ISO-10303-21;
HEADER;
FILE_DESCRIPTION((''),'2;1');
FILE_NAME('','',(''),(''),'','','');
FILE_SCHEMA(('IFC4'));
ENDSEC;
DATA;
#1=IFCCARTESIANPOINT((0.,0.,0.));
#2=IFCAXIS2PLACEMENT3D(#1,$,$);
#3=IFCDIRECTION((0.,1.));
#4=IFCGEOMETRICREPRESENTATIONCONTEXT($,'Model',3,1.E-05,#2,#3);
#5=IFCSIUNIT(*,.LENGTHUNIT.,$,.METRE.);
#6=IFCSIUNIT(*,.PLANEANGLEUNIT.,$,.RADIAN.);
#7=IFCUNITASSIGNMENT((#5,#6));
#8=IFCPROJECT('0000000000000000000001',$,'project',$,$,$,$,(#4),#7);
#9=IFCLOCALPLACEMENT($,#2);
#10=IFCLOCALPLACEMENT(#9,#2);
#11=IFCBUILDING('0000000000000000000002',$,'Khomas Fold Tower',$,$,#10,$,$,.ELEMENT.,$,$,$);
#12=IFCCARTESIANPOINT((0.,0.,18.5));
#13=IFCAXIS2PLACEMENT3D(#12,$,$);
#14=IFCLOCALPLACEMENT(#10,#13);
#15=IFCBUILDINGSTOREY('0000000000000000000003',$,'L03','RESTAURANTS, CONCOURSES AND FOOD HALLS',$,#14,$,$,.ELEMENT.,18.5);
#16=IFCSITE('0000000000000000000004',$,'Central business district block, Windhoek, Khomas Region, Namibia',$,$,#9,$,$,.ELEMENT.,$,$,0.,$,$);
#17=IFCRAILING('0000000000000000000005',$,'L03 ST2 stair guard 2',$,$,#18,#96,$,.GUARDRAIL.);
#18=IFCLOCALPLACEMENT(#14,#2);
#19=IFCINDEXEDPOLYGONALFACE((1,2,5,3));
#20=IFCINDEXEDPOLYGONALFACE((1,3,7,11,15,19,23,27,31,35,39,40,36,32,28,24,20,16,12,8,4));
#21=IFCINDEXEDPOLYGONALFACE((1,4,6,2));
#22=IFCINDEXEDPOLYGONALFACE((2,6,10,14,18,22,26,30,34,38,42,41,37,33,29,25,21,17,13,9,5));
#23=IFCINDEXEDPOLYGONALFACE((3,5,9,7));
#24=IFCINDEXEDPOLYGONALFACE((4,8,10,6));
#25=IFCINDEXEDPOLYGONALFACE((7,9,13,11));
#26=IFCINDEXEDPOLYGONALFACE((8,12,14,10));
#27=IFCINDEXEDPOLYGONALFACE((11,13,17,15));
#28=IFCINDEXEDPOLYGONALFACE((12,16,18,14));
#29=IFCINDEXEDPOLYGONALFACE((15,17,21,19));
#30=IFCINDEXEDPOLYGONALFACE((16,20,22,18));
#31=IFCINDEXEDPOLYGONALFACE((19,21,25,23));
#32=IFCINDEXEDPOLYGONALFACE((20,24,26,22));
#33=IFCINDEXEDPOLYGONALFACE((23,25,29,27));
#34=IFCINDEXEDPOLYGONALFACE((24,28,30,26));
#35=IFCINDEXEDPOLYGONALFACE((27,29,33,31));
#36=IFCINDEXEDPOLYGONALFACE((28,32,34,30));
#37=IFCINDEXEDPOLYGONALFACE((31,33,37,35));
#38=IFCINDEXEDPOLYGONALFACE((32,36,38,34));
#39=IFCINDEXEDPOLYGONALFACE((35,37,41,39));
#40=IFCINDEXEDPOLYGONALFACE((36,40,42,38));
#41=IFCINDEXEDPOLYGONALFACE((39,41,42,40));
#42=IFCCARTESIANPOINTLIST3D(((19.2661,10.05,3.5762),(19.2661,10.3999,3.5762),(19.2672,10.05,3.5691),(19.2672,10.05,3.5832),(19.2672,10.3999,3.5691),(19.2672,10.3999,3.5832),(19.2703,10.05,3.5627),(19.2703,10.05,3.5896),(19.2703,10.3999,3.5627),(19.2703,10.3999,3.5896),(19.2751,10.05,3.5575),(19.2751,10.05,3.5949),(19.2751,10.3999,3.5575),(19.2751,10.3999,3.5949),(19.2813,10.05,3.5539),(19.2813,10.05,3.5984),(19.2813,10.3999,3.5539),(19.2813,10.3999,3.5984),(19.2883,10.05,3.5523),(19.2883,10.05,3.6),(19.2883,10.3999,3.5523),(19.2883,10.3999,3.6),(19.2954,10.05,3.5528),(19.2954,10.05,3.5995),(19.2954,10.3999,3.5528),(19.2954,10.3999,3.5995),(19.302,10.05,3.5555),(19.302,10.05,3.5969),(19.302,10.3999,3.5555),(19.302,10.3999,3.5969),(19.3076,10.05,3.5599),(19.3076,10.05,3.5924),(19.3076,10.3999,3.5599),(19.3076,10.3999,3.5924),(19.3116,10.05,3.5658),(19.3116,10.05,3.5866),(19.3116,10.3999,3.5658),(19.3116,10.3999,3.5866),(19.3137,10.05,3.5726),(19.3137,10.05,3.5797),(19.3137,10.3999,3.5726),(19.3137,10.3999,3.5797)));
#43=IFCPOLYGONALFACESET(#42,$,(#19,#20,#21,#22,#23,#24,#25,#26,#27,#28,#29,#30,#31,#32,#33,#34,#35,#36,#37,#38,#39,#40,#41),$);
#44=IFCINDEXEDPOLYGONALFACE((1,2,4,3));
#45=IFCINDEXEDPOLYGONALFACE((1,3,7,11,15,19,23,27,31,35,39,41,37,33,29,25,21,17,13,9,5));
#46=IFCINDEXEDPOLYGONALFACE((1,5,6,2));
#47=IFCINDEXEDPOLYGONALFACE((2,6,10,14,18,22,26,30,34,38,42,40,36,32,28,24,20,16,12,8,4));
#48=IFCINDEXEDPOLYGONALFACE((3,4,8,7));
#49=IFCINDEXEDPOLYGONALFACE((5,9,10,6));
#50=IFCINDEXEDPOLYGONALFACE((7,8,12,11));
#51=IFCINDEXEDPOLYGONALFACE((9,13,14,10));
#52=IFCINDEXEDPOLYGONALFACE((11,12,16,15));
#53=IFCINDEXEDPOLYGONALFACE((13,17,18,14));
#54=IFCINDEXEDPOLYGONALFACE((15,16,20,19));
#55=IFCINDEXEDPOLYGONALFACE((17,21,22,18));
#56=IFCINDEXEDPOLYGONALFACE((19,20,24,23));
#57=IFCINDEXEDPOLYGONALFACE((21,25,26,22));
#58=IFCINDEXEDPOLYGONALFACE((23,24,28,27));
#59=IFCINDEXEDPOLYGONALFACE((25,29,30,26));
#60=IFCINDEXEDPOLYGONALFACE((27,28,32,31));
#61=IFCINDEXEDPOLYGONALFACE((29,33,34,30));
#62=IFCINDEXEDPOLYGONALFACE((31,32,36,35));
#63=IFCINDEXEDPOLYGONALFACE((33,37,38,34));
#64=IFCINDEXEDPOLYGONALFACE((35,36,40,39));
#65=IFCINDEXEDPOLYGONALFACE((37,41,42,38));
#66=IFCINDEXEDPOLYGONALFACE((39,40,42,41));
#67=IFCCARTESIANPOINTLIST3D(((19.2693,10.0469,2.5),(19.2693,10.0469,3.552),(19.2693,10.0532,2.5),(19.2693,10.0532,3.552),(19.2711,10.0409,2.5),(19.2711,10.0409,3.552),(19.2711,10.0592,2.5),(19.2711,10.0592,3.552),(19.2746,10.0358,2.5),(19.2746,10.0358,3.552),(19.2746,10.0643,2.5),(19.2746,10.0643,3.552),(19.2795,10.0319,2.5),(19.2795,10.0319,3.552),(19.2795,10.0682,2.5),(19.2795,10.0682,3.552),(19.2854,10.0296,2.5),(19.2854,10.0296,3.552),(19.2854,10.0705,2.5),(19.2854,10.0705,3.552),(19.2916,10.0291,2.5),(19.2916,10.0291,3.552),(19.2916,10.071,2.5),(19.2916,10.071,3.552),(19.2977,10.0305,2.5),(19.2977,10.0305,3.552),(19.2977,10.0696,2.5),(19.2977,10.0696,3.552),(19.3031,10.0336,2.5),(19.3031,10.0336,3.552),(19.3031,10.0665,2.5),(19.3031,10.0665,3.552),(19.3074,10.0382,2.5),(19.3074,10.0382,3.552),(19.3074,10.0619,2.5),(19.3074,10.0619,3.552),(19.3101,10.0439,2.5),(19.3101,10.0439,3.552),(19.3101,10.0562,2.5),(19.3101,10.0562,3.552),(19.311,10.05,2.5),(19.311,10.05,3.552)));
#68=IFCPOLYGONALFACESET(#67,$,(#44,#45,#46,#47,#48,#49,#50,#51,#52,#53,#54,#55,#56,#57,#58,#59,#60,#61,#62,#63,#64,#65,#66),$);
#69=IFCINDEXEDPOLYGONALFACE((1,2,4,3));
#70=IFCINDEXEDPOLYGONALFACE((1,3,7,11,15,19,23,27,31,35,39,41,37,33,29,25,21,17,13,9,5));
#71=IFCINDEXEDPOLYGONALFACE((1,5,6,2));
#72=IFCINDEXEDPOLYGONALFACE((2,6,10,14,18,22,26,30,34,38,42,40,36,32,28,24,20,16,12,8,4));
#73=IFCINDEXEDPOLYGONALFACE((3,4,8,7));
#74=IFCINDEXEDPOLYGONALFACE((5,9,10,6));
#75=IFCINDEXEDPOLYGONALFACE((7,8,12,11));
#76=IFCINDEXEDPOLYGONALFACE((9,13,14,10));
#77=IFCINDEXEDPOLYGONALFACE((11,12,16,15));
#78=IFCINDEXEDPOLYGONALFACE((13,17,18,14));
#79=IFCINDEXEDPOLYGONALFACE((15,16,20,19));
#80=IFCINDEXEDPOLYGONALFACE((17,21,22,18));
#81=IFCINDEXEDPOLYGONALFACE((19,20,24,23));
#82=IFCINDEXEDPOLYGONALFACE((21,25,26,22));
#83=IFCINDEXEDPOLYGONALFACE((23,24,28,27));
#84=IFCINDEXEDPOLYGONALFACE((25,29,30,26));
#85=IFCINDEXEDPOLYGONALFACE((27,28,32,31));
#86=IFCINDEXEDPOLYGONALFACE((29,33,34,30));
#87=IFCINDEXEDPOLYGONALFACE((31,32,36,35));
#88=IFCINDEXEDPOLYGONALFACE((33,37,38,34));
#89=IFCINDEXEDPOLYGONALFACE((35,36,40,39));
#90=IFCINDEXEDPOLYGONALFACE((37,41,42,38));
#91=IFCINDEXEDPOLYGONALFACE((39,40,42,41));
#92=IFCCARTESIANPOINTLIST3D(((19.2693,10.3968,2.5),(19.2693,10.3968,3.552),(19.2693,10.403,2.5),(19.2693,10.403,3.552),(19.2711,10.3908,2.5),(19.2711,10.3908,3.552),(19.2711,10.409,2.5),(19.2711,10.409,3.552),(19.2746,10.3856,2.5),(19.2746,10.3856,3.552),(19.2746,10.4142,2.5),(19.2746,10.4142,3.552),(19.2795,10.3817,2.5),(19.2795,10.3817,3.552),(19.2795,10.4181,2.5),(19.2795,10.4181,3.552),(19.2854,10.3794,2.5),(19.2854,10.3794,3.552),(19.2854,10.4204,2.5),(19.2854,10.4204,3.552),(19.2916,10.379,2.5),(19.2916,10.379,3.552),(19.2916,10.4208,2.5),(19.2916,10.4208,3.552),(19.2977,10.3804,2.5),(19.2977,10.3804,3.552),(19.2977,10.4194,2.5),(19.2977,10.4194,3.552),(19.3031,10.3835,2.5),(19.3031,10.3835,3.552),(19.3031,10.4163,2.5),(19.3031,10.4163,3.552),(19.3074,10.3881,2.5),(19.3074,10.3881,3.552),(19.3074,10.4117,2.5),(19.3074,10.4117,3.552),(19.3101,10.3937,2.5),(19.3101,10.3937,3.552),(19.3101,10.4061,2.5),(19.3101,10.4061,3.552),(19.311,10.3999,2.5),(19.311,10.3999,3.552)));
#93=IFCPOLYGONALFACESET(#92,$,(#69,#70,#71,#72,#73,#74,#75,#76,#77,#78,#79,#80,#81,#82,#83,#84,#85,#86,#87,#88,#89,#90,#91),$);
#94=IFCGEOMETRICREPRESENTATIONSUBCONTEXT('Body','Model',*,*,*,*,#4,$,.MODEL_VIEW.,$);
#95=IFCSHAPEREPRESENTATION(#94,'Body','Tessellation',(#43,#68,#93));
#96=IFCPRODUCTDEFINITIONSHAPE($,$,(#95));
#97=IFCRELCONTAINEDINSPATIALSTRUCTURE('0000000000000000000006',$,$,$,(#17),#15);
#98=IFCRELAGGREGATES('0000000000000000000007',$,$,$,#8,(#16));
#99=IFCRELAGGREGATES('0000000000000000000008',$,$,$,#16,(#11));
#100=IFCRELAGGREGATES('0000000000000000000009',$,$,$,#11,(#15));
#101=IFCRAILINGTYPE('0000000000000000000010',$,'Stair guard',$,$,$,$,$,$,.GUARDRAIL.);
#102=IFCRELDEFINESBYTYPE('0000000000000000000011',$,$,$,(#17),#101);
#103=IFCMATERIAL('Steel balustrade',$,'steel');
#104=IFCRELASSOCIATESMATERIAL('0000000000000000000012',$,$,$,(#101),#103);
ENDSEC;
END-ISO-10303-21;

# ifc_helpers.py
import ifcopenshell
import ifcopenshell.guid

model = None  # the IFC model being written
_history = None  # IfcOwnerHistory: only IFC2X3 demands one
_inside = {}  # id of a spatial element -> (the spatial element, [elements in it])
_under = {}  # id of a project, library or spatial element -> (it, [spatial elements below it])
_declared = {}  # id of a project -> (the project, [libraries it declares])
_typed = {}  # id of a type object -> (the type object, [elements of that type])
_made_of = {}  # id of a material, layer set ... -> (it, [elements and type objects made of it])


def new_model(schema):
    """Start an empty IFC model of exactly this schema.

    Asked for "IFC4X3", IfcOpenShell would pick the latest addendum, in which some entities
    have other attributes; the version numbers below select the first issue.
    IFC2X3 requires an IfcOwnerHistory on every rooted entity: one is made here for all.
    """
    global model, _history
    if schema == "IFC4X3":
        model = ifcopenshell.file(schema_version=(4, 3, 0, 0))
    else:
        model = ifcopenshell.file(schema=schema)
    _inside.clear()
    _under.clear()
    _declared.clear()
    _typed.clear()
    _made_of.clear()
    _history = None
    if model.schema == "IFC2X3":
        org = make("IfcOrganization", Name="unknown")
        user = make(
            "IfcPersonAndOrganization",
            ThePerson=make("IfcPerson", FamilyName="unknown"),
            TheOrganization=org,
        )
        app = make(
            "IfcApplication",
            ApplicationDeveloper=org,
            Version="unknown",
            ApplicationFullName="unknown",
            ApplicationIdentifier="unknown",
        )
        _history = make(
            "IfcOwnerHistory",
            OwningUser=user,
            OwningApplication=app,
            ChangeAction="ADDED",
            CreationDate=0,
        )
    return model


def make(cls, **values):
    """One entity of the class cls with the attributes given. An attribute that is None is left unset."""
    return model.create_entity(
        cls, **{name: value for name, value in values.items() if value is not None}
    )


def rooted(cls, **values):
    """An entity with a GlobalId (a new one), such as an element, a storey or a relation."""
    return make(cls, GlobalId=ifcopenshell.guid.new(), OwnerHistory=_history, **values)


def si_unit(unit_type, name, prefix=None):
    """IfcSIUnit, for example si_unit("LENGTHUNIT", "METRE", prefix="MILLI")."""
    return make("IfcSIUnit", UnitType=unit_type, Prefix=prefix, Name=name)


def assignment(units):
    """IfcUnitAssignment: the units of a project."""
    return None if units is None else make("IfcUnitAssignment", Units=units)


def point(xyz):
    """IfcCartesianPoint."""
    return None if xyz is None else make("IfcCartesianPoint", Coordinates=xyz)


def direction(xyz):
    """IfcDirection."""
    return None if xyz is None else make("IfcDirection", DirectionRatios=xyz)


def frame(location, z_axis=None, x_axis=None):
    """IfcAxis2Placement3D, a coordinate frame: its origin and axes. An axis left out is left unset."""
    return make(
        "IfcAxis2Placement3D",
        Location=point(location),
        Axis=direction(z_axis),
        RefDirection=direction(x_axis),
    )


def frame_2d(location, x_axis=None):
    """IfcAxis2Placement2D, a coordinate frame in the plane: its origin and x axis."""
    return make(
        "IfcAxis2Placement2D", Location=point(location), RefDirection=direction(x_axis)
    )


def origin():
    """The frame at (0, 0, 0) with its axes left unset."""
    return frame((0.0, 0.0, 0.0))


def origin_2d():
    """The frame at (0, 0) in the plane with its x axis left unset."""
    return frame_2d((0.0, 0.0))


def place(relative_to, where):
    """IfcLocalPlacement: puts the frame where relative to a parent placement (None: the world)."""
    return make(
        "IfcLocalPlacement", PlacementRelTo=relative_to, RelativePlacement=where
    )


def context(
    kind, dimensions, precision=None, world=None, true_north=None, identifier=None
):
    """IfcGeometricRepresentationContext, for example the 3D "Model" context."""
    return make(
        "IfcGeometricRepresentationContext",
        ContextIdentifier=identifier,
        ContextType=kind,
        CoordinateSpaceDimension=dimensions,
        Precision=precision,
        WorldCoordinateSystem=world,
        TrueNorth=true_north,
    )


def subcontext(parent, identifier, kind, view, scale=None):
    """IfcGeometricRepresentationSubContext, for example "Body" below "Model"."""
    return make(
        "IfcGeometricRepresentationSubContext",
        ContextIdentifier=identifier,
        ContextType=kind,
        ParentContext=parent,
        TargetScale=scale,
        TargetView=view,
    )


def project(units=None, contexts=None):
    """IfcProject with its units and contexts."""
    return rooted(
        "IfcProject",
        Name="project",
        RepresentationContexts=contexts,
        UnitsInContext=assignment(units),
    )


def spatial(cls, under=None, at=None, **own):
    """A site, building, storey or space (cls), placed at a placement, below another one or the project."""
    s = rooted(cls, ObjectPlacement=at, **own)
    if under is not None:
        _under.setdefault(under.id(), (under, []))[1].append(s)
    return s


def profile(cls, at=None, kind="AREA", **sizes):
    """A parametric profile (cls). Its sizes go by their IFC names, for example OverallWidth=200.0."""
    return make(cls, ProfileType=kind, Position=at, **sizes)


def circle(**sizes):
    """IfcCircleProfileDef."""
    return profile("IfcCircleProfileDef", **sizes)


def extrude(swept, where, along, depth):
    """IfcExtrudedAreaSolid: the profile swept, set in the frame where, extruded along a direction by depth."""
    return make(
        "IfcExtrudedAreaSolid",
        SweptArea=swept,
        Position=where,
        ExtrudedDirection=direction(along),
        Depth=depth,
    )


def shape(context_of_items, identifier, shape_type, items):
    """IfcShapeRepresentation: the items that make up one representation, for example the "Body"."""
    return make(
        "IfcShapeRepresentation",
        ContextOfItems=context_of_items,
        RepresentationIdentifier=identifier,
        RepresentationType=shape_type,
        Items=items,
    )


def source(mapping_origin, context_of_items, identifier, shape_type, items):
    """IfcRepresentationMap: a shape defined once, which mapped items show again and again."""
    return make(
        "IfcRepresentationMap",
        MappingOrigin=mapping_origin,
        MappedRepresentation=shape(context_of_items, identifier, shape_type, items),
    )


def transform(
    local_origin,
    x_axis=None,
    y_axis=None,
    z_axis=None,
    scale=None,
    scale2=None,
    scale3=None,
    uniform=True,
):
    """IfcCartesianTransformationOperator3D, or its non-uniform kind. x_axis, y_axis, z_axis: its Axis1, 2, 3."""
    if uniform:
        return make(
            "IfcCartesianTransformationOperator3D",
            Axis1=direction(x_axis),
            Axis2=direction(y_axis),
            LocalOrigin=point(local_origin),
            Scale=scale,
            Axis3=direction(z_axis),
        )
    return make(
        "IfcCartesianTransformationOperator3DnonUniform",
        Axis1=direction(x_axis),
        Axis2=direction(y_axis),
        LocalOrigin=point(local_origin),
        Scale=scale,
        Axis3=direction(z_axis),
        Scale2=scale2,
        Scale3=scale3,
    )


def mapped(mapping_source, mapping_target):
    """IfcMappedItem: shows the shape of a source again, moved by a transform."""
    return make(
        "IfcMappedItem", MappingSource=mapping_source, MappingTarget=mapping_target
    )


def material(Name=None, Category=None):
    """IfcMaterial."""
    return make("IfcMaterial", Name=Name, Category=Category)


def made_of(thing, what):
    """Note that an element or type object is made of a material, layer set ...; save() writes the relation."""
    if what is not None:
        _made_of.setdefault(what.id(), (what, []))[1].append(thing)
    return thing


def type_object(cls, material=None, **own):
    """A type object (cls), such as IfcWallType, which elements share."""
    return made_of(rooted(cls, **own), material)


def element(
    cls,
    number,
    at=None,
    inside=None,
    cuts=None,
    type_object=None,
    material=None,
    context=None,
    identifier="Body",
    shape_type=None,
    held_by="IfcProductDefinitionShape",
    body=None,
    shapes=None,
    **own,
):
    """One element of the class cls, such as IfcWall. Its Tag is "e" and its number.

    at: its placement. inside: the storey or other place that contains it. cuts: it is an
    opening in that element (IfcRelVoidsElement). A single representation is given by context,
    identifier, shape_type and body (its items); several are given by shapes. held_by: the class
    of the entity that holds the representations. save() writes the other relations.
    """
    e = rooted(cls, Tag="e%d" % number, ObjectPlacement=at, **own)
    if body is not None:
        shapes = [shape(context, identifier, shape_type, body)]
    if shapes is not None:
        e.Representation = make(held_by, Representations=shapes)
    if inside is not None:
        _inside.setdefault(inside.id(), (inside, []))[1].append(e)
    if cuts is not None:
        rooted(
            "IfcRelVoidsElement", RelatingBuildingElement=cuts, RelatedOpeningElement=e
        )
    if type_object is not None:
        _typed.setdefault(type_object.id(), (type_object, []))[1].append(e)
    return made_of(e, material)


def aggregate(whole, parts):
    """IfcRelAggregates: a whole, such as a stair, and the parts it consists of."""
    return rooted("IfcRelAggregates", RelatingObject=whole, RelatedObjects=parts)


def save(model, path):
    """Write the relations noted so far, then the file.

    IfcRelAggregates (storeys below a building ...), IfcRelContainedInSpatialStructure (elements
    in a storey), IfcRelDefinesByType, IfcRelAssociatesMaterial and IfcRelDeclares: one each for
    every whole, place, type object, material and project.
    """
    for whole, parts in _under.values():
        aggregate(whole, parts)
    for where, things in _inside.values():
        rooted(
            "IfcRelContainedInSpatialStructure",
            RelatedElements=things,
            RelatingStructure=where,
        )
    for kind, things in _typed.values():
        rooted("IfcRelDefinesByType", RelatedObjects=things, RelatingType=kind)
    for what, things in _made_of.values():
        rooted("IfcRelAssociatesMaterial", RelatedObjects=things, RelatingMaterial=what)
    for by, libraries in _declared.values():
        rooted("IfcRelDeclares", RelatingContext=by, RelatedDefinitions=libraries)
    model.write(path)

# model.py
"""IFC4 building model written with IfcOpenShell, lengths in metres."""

from ifc_helpers import new_model, si_unit, direction, frame, origin, origin_2d, place, context, subcontext, project, spatial, circle, extrude, source, transform, mapped, material, type_object, element, save


model = new_model("IFC4")

# Units and contexts
model_context = context("Model", 3, precision=1e-05, world=origin(), true_north=direction((0.0, 1.0)))
body_context = subcontext(model_context, "Body", "Model", "MODEL_VIEW")
ifc_project = project(units=[si_unit("LENGTHUNIT", "METRE"), si_unit("PLANEANGLEUNIT", "RADIAN")], contexts=[model_context])

# Site, building, storey
site_placement = place(None, origin())
site = spatial("IfcSite", under=ifc_project, at=site_placement, Name="Central business district block, Windhoek, Khomas Region, Namibia", CompositionType="ELEMENT", RefElevation=0.0)
building_placement = place(site_placement, origin())
building = spatial("IfcBuilding", under=site, at=building_placement, Name="Khomas Fold Tower", CompositionType="ELEMENT")
storey_placement = place(building_placement, frame((0.0, 0.0, 18.5)))
storey = spatial("IfcBuildingStorey", under=building, at=storey_placement, Name="L03", Description="RESTAURANTS, CONCOURSES AND FOOD HALLS", CompositionType="ELEMENT", Elevation=18.5)

# Railing
ifc_material_1 = material(Name="Steel balustrade", Category="steel")
railing_type_1 = type_object("IfcRailingType", Name="Stair guard", PredefinedType="GUARDRAIL", material=ifc_material_1)
shared_shape_1 = source(origin(), body_context, "Body", "SweptSolid", [
    extrude(circle(Radius=0.0239, at=origin_2d()), frame((0.0, 0.0, 1.0762), z_axis=(0.0, 1.0, 0.0), x_axis=(-1.0, 0.0, 0.0)), (0.0, 0.0, 1.0), 0.3499),
    extrude(circle(Radius=0.021, at=origin_2d()), origin(), (0.0, 0.0, 1.0), 1.052),
    extrude(circle(Radius=0.021, at=origin_2d()), frame((0.0, 0.3499, 0.0)), (0.0, 0.0, 1.0), 1.052),
])
railing_1_placement = place(storey_placement, frame((19.29, 10.05, 2.5)))
element("IfcRailing", 1, at=railing_1_placement, inside=storey, type_object=railing_type_1, Name="L03 ST2 stair guard 2", PredefinedType="GUARDRAIL", context=body_context, shape_type="MappedRepresentation", body=[
    mapped(shared_shape_1, transform((0.0, 0.0, 0.0))),
])

save(model, "model.ifc")
